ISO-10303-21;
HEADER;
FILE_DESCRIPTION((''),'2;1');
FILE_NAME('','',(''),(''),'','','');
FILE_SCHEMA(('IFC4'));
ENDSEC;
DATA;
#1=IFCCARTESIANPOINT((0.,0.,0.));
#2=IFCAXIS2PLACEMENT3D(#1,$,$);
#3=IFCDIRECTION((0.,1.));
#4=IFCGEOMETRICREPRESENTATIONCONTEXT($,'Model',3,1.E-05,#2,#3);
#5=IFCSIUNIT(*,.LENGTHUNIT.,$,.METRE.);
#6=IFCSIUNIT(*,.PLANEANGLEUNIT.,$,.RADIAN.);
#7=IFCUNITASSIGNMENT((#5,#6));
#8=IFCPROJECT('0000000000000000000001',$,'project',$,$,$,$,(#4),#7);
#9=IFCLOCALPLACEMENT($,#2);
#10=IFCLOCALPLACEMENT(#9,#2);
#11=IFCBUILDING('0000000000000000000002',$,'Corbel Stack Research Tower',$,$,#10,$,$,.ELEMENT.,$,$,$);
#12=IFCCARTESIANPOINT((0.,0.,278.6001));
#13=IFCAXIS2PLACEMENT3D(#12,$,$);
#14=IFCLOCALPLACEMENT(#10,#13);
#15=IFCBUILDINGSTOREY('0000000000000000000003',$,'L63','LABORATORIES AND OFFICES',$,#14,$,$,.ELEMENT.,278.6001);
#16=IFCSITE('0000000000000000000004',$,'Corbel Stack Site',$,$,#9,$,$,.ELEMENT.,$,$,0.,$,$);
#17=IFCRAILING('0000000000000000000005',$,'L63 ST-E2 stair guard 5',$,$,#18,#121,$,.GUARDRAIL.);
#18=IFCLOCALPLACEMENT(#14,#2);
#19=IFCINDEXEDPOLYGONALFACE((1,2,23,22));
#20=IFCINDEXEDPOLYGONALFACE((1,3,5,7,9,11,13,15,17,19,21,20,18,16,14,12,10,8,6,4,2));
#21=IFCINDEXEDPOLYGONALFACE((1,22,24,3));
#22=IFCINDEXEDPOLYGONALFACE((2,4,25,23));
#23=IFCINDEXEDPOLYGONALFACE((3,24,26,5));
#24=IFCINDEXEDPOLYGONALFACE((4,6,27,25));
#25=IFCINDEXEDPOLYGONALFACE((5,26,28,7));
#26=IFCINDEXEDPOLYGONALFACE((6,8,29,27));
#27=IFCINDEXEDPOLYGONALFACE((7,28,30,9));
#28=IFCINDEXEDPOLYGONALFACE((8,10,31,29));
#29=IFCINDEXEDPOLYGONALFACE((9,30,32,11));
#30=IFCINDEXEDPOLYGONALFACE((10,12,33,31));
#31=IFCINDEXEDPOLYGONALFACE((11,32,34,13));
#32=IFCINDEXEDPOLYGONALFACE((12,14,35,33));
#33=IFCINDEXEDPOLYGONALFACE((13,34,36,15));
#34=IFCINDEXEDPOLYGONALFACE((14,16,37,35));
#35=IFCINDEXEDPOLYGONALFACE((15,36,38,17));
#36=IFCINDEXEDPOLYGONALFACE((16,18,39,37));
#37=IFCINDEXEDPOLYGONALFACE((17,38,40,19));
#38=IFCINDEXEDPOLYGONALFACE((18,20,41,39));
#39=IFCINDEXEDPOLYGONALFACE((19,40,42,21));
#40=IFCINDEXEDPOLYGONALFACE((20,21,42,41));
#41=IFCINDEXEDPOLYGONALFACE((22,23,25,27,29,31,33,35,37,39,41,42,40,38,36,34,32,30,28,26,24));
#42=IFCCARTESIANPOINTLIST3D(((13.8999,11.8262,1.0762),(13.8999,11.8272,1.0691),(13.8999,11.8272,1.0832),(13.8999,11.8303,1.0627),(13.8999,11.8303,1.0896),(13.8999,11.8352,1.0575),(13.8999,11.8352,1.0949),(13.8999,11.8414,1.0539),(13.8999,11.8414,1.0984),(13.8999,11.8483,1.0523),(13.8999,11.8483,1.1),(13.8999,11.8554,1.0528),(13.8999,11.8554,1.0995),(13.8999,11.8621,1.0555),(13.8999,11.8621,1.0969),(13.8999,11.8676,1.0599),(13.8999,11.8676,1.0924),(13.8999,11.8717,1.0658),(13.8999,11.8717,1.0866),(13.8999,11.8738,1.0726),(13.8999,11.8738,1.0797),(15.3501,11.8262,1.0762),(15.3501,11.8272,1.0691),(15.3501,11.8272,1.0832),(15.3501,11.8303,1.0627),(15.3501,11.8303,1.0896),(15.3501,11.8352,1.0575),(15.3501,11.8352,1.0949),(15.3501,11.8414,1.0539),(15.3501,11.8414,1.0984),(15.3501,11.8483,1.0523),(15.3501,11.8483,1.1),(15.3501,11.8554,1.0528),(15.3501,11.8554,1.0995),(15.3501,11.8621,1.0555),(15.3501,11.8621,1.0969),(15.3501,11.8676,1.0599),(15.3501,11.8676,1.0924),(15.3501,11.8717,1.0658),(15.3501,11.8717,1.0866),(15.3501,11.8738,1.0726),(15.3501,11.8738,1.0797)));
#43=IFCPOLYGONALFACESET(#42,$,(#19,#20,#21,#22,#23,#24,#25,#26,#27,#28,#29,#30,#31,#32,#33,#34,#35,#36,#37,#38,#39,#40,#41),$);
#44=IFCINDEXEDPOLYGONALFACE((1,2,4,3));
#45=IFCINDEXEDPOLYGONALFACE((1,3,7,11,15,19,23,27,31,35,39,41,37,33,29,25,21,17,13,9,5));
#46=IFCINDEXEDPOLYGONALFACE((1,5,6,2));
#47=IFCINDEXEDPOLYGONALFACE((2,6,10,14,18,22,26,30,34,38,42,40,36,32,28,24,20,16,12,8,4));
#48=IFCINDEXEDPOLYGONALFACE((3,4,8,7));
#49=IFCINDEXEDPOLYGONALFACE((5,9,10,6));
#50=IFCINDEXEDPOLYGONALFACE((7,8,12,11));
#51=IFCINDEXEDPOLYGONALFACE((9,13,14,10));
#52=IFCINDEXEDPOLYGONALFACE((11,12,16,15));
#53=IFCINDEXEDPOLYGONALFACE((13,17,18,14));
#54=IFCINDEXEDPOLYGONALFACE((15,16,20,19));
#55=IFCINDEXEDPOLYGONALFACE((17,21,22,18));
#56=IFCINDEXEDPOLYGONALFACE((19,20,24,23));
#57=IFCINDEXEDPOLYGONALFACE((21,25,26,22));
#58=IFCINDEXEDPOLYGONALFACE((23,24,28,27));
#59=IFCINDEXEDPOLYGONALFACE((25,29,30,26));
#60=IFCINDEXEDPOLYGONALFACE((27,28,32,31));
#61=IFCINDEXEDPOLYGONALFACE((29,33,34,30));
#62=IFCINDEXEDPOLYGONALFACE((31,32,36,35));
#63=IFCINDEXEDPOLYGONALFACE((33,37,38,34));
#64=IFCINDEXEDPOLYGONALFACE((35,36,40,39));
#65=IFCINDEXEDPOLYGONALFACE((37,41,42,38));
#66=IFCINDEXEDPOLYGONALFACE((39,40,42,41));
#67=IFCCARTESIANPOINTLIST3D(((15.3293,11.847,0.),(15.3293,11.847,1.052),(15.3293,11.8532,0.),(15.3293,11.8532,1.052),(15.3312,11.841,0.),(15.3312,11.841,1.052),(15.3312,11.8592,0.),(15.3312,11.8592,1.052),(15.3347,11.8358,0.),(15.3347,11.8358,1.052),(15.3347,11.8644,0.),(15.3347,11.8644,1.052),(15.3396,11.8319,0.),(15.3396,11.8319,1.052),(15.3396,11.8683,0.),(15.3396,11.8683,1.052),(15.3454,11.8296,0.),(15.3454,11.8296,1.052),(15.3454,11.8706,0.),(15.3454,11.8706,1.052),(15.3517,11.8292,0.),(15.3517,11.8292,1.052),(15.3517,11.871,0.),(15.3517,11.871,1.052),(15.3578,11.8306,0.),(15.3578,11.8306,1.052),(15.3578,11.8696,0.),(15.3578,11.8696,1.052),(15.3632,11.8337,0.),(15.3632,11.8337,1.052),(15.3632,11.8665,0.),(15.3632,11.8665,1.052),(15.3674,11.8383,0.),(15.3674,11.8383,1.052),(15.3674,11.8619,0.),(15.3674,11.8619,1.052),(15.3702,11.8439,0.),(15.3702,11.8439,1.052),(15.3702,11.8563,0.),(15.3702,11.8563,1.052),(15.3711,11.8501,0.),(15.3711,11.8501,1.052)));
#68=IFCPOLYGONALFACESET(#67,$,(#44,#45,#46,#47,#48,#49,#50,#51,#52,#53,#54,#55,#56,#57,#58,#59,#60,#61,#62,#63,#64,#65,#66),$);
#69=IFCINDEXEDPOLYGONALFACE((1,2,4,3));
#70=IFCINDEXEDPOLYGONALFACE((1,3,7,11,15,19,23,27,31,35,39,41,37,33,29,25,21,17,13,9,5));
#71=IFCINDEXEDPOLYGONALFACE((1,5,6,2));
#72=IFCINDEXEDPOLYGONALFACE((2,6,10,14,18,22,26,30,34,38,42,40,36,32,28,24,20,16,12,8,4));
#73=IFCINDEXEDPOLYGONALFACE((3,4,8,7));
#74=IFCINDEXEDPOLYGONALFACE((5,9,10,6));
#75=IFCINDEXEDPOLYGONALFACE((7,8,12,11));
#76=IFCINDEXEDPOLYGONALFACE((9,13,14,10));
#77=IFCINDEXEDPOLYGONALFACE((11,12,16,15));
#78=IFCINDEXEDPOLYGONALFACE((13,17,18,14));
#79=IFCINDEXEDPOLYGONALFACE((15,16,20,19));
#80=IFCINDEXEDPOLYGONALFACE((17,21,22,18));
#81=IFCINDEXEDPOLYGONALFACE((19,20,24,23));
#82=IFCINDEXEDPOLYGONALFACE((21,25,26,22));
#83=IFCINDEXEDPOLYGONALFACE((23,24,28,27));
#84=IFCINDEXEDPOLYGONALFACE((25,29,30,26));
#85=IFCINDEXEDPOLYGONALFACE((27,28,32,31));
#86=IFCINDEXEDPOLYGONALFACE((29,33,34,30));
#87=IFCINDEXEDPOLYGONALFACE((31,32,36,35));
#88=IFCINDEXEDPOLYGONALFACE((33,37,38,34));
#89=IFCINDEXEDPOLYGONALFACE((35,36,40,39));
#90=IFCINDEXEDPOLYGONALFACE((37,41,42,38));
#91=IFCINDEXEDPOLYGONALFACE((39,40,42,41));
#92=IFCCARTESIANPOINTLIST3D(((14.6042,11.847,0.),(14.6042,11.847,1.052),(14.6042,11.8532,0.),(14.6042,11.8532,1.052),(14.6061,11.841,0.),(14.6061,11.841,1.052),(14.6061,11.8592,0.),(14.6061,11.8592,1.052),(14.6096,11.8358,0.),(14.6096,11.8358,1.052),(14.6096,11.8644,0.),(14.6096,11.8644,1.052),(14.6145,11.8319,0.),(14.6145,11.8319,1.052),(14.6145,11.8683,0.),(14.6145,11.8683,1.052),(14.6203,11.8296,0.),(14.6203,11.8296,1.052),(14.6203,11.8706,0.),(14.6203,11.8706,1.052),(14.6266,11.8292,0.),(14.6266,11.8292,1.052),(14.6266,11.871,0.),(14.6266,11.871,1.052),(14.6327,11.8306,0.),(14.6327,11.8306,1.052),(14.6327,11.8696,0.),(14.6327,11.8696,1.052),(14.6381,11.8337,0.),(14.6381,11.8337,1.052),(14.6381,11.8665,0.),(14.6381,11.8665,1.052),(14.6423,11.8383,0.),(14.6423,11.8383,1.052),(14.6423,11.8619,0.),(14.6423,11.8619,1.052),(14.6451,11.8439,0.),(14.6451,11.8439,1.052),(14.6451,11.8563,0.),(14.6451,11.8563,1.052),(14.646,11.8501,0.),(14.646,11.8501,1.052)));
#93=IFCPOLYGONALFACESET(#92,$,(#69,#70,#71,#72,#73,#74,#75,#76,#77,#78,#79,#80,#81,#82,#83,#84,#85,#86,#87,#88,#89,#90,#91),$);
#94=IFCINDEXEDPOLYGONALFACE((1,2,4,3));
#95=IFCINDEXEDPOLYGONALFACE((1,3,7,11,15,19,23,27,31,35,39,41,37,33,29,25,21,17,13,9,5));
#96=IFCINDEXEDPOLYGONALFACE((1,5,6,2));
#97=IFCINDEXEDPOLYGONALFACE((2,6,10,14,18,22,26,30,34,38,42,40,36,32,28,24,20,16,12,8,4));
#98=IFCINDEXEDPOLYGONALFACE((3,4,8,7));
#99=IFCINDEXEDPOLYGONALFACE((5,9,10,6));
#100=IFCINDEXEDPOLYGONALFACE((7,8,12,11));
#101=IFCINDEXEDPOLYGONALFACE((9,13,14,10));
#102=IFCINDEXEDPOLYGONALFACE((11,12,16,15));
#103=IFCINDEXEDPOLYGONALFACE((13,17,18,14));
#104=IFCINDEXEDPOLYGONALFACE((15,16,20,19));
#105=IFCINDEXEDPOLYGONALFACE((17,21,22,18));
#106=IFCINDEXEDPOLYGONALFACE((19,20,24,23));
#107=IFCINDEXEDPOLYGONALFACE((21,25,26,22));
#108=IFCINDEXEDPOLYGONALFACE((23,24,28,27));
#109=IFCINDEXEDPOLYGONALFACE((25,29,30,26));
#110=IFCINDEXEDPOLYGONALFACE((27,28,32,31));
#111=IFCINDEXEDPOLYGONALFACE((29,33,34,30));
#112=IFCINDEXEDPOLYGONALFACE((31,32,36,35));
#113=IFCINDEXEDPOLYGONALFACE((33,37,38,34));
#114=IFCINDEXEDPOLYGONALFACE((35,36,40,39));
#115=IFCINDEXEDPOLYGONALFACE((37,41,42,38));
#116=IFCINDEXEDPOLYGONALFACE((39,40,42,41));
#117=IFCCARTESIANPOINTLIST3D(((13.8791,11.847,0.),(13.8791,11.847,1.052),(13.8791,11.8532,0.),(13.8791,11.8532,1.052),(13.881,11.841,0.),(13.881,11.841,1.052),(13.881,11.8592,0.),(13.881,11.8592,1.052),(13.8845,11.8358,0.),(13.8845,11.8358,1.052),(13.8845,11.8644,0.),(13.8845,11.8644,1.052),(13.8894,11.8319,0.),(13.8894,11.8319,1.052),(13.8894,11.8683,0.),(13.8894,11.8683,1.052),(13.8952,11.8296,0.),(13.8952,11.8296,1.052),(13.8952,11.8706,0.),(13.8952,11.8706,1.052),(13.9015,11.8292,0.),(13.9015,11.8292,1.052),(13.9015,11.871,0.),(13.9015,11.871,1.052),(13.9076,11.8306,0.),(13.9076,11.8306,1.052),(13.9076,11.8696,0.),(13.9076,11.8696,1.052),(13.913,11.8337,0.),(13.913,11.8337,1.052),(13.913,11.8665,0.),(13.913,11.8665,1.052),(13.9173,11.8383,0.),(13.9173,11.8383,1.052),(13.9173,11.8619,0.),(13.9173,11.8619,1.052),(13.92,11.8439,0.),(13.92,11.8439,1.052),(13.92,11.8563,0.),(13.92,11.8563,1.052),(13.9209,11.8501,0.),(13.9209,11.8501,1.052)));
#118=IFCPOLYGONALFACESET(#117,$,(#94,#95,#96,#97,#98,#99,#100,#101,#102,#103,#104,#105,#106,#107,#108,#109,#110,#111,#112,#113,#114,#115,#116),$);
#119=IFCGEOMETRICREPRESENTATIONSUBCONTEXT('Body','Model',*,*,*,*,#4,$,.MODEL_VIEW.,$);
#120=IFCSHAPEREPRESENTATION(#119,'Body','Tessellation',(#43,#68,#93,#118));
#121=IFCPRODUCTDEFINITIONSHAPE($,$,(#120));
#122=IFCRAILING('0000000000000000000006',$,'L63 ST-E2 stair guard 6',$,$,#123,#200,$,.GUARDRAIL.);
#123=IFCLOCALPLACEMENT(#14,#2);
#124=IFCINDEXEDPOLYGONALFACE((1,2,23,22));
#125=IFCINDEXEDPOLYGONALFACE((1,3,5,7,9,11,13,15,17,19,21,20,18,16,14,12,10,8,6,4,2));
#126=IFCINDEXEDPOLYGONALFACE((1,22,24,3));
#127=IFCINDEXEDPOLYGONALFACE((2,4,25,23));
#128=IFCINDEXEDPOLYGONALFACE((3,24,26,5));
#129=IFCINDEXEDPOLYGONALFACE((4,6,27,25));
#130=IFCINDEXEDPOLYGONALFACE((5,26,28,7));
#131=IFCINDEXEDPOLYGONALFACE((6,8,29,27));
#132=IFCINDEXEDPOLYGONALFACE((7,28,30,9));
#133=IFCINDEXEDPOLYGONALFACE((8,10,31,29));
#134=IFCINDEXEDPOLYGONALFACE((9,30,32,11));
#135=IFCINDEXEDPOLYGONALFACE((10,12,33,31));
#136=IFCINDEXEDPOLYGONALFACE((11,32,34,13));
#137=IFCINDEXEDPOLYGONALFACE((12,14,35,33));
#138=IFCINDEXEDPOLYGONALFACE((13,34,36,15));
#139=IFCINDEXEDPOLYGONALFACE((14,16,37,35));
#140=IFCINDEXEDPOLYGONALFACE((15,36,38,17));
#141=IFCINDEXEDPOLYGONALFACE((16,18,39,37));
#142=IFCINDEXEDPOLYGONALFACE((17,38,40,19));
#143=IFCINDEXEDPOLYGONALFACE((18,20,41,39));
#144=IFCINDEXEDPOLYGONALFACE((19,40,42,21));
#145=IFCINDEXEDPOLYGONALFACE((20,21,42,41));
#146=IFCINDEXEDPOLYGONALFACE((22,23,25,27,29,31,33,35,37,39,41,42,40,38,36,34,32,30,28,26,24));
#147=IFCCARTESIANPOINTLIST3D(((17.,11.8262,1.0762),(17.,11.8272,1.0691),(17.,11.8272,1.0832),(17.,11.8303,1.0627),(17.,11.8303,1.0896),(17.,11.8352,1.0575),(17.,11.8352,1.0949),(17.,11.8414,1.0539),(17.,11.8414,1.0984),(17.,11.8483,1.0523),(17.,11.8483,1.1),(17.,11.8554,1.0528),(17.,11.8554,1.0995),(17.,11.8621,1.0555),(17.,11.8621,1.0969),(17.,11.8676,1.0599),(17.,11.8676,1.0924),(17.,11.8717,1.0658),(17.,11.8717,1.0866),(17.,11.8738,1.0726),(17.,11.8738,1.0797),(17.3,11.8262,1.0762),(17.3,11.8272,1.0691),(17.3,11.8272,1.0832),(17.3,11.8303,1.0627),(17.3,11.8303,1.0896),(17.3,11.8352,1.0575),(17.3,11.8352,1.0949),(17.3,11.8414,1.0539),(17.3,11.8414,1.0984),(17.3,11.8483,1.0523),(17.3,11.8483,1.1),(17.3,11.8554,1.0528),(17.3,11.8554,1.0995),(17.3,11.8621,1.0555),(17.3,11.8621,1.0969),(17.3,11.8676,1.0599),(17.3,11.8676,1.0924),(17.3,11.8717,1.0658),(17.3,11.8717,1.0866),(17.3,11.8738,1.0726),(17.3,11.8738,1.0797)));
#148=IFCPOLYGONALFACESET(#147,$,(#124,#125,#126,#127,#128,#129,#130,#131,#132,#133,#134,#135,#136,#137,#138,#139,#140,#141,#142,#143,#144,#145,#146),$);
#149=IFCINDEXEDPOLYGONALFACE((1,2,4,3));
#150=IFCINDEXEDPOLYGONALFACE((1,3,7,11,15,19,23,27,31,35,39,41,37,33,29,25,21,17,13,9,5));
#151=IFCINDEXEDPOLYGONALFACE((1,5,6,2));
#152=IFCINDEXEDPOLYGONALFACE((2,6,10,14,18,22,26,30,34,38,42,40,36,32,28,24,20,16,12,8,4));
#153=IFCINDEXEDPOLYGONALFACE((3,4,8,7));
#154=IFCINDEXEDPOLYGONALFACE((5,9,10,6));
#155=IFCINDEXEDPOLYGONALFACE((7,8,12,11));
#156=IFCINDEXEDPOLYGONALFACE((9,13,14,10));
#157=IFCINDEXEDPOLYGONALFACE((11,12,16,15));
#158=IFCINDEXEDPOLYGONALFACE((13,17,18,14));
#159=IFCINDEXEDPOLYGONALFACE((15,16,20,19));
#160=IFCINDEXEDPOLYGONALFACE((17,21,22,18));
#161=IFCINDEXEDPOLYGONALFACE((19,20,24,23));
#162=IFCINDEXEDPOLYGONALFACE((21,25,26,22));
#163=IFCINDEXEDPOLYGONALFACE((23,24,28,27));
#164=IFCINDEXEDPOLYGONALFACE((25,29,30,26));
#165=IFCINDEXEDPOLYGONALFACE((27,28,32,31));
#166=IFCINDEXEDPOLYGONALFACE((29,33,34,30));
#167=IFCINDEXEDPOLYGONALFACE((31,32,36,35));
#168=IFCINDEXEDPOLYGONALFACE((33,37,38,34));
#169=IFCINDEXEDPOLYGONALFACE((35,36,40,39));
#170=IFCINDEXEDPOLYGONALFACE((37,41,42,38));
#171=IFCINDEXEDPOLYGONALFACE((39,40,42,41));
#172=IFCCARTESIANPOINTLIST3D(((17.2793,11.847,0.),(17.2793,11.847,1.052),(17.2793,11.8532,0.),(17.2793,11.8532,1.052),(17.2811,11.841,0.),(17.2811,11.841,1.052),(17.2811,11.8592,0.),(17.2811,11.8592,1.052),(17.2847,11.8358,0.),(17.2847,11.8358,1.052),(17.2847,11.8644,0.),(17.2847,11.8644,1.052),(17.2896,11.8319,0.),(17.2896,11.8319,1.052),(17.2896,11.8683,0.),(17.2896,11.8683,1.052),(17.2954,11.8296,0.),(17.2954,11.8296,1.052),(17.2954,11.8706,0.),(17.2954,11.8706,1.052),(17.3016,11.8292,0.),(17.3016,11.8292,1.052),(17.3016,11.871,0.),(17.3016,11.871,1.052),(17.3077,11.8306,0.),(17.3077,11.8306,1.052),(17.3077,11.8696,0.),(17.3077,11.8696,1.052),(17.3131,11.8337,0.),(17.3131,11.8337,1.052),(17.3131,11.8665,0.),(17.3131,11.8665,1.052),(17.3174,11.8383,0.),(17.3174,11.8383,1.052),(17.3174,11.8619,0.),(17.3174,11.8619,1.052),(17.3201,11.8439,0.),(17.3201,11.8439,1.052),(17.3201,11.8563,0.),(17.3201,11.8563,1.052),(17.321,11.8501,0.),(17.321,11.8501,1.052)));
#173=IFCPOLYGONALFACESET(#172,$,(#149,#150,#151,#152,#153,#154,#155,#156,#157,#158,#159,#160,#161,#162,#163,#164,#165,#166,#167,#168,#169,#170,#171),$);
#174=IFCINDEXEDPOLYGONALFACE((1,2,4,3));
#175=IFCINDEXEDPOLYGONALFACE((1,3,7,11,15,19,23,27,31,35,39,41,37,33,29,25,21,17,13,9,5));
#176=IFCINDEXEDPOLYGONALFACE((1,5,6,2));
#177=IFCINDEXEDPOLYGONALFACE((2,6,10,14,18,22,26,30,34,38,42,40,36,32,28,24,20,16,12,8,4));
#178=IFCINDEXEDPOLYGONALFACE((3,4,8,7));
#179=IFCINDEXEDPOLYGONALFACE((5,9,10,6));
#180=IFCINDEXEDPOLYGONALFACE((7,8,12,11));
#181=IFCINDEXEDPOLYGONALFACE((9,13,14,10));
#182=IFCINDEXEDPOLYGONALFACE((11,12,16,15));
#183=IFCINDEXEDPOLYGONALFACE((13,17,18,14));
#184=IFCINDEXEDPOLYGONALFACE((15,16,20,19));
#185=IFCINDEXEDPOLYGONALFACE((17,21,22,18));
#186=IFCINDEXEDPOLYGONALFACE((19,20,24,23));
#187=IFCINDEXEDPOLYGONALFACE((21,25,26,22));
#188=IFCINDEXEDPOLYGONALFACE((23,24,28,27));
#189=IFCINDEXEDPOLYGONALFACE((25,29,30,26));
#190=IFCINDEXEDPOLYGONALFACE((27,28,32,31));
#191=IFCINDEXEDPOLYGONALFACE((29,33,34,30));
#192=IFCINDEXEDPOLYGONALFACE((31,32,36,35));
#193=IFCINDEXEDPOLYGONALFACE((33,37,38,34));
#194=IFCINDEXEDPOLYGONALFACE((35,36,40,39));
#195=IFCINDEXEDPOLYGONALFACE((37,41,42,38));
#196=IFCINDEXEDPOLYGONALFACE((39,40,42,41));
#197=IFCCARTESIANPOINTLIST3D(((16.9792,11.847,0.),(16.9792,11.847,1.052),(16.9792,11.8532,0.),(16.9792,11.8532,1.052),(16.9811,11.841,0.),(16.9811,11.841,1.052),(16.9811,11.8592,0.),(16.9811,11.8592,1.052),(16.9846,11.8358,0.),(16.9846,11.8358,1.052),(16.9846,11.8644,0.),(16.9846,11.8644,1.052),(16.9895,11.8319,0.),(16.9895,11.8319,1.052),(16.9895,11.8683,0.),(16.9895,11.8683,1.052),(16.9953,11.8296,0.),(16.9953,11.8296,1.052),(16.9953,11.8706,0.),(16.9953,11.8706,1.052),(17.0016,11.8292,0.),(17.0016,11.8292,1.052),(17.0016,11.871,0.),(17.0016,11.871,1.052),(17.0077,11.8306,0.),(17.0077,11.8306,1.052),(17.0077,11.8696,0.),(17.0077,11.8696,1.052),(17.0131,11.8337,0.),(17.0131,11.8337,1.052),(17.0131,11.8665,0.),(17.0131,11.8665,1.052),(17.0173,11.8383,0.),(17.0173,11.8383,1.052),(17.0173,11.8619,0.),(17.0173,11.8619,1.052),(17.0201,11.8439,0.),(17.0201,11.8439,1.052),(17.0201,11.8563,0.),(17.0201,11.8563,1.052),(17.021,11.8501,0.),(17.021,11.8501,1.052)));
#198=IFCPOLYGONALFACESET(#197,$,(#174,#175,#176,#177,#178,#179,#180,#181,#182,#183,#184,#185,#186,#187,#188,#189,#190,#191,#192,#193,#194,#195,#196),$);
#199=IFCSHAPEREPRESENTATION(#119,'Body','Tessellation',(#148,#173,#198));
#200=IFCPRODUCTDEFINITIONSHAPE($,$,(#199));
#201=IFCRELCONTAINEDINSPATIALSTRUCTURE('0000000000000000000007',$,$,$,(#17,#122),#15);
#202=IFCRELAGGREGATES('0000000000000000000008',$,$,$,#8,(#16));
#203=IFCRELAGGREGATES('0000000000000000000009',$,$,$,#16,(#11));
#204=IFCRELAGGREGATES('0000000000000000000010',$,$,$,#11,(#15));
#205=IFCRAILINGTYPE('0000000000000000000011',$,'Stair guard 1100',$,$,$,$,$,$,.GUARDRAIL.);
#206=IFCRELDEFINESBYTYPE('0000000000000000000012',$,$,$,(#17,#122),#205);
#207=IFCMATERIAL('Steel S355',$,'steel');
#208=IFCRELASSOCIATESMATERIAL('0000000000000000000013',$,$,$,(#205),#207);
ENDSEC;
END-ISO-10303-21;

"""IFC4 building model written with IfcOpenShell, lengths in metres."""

from ifc_helpers import new_model, si_unit, direction, frame, origin, origin_2d, place, context, subcontext, project, spatial, circle, extrude, material, type_object, element, save


model = new_model("IFC4")

# Units and contexts
model_context = context("Model", 3, precision=1e-05, world=origin(), true_north=direction((0.0, 1.0)))
body_context = subcontext(model_context, "Body", "Model", "MODEL_VIEW")
ifc_project = project(units=[si_unit("LENGTHUNIT", "METRE"), si_unit("PLANEANGLEUNIT", "RADIAN")], contexts=[model_context])

# Site, building, storey
site_placement = place(None, origin())
site = spatial("IfcSite", under=ifc_project, at=site_placement, Name="Corbel Stack Site", CompositionType="ELEMENT", RefElevation=0.0)
building_placement = place(site_placement, origin())
building = spatial("IfcBuilding", under=site, at=building_placement, Name="Corbel Stack Research Tower", CompositionType="ELEMENT")
storey_placement = place(building_placement, frame((0.0, 0.0, 278.6001)))
storey = spatial("IfcBuildingStorey", under=building, at=storey_placement, Name="L63", Description="LABORATORIES AND OFFICES", CompositionType="ELEMENT", Elevation=278.6001)

# Railings
ifc_material_1 = material(Name="Steel S355", Category="steel")
railing_type_1 = type_object("IfcRailingType", Name="Stair guard 1100", PredefinedType="GUARDRAIL", material=ifc_material_1)
railing_1_placement = place(storey_placement, frame((15.3501, 11.8501, 0.0)))
element("IfcRailing", 1, at=railing_1_placement, inside=storey, type_object=railing_type_1, Name="L63 ST-E2 stair guard 5", PredefinedType="GUARDRAIL", context=body_context, shape_type="SweptSolid", body=[
    extrude(circle(Radius=0.0239, at=origin_2d()), frame((0.0, 0.0, 1.0762), z_axis=(-1.0, 0.0, 0.0), x_axis=(0.0, -1.0, 0.0)), (0.0, 0.0, 1.0), 1.4502),
    extrude(circle(Radius=0.021, at=origin_2d()), origin(), (0.0, 0.0, 1.0), 1.052),
    extrude(circle(Radius=0.021, at=origin_2d()), frame((-0.7251, 0.0, 0.0)), (0.0, 0.0, 1.0), 1.052),
    extrude(circle(Radius=0.021, at=origin_2d()), frame((-1.4502, 0.0, 0.0)), (0.0, 0.0, 1.0), 1.052),
])
railing_2_placement = place(storey_placement, frame((17.3, 11.8501, 0.0)))
element("IfcRailing", 2, at=railing_2_placement, inside=storey, type_object=railing_type_1, Name="L63 ST-E2 stair guard 6", PredefinedType="GUARDRAIL", context=body_context, shape_type="SweptSolid", body=[
    extrude(circle(Radius=0.0239, at=origin_2d()), frame((0.0, 0.0, 1.0762), z_axis=(-1.0, 0.0, 0.0), x_axis=(0.0, -1.0, 0.0)), (0.0, 0.0, 1.0), 0.3),
    extrude(circle(Radius=0.021, at=origin_2d()), origin(), (0.0, 0.0, 1.0), 1.052),
    extrude(circle(Radius=0.021, at=origin_2d()), frame((-0.3, 0.0, 0.0)), (0.0, 0.0, 1.0), 1.052),
])

save(model, "model.ifc")
